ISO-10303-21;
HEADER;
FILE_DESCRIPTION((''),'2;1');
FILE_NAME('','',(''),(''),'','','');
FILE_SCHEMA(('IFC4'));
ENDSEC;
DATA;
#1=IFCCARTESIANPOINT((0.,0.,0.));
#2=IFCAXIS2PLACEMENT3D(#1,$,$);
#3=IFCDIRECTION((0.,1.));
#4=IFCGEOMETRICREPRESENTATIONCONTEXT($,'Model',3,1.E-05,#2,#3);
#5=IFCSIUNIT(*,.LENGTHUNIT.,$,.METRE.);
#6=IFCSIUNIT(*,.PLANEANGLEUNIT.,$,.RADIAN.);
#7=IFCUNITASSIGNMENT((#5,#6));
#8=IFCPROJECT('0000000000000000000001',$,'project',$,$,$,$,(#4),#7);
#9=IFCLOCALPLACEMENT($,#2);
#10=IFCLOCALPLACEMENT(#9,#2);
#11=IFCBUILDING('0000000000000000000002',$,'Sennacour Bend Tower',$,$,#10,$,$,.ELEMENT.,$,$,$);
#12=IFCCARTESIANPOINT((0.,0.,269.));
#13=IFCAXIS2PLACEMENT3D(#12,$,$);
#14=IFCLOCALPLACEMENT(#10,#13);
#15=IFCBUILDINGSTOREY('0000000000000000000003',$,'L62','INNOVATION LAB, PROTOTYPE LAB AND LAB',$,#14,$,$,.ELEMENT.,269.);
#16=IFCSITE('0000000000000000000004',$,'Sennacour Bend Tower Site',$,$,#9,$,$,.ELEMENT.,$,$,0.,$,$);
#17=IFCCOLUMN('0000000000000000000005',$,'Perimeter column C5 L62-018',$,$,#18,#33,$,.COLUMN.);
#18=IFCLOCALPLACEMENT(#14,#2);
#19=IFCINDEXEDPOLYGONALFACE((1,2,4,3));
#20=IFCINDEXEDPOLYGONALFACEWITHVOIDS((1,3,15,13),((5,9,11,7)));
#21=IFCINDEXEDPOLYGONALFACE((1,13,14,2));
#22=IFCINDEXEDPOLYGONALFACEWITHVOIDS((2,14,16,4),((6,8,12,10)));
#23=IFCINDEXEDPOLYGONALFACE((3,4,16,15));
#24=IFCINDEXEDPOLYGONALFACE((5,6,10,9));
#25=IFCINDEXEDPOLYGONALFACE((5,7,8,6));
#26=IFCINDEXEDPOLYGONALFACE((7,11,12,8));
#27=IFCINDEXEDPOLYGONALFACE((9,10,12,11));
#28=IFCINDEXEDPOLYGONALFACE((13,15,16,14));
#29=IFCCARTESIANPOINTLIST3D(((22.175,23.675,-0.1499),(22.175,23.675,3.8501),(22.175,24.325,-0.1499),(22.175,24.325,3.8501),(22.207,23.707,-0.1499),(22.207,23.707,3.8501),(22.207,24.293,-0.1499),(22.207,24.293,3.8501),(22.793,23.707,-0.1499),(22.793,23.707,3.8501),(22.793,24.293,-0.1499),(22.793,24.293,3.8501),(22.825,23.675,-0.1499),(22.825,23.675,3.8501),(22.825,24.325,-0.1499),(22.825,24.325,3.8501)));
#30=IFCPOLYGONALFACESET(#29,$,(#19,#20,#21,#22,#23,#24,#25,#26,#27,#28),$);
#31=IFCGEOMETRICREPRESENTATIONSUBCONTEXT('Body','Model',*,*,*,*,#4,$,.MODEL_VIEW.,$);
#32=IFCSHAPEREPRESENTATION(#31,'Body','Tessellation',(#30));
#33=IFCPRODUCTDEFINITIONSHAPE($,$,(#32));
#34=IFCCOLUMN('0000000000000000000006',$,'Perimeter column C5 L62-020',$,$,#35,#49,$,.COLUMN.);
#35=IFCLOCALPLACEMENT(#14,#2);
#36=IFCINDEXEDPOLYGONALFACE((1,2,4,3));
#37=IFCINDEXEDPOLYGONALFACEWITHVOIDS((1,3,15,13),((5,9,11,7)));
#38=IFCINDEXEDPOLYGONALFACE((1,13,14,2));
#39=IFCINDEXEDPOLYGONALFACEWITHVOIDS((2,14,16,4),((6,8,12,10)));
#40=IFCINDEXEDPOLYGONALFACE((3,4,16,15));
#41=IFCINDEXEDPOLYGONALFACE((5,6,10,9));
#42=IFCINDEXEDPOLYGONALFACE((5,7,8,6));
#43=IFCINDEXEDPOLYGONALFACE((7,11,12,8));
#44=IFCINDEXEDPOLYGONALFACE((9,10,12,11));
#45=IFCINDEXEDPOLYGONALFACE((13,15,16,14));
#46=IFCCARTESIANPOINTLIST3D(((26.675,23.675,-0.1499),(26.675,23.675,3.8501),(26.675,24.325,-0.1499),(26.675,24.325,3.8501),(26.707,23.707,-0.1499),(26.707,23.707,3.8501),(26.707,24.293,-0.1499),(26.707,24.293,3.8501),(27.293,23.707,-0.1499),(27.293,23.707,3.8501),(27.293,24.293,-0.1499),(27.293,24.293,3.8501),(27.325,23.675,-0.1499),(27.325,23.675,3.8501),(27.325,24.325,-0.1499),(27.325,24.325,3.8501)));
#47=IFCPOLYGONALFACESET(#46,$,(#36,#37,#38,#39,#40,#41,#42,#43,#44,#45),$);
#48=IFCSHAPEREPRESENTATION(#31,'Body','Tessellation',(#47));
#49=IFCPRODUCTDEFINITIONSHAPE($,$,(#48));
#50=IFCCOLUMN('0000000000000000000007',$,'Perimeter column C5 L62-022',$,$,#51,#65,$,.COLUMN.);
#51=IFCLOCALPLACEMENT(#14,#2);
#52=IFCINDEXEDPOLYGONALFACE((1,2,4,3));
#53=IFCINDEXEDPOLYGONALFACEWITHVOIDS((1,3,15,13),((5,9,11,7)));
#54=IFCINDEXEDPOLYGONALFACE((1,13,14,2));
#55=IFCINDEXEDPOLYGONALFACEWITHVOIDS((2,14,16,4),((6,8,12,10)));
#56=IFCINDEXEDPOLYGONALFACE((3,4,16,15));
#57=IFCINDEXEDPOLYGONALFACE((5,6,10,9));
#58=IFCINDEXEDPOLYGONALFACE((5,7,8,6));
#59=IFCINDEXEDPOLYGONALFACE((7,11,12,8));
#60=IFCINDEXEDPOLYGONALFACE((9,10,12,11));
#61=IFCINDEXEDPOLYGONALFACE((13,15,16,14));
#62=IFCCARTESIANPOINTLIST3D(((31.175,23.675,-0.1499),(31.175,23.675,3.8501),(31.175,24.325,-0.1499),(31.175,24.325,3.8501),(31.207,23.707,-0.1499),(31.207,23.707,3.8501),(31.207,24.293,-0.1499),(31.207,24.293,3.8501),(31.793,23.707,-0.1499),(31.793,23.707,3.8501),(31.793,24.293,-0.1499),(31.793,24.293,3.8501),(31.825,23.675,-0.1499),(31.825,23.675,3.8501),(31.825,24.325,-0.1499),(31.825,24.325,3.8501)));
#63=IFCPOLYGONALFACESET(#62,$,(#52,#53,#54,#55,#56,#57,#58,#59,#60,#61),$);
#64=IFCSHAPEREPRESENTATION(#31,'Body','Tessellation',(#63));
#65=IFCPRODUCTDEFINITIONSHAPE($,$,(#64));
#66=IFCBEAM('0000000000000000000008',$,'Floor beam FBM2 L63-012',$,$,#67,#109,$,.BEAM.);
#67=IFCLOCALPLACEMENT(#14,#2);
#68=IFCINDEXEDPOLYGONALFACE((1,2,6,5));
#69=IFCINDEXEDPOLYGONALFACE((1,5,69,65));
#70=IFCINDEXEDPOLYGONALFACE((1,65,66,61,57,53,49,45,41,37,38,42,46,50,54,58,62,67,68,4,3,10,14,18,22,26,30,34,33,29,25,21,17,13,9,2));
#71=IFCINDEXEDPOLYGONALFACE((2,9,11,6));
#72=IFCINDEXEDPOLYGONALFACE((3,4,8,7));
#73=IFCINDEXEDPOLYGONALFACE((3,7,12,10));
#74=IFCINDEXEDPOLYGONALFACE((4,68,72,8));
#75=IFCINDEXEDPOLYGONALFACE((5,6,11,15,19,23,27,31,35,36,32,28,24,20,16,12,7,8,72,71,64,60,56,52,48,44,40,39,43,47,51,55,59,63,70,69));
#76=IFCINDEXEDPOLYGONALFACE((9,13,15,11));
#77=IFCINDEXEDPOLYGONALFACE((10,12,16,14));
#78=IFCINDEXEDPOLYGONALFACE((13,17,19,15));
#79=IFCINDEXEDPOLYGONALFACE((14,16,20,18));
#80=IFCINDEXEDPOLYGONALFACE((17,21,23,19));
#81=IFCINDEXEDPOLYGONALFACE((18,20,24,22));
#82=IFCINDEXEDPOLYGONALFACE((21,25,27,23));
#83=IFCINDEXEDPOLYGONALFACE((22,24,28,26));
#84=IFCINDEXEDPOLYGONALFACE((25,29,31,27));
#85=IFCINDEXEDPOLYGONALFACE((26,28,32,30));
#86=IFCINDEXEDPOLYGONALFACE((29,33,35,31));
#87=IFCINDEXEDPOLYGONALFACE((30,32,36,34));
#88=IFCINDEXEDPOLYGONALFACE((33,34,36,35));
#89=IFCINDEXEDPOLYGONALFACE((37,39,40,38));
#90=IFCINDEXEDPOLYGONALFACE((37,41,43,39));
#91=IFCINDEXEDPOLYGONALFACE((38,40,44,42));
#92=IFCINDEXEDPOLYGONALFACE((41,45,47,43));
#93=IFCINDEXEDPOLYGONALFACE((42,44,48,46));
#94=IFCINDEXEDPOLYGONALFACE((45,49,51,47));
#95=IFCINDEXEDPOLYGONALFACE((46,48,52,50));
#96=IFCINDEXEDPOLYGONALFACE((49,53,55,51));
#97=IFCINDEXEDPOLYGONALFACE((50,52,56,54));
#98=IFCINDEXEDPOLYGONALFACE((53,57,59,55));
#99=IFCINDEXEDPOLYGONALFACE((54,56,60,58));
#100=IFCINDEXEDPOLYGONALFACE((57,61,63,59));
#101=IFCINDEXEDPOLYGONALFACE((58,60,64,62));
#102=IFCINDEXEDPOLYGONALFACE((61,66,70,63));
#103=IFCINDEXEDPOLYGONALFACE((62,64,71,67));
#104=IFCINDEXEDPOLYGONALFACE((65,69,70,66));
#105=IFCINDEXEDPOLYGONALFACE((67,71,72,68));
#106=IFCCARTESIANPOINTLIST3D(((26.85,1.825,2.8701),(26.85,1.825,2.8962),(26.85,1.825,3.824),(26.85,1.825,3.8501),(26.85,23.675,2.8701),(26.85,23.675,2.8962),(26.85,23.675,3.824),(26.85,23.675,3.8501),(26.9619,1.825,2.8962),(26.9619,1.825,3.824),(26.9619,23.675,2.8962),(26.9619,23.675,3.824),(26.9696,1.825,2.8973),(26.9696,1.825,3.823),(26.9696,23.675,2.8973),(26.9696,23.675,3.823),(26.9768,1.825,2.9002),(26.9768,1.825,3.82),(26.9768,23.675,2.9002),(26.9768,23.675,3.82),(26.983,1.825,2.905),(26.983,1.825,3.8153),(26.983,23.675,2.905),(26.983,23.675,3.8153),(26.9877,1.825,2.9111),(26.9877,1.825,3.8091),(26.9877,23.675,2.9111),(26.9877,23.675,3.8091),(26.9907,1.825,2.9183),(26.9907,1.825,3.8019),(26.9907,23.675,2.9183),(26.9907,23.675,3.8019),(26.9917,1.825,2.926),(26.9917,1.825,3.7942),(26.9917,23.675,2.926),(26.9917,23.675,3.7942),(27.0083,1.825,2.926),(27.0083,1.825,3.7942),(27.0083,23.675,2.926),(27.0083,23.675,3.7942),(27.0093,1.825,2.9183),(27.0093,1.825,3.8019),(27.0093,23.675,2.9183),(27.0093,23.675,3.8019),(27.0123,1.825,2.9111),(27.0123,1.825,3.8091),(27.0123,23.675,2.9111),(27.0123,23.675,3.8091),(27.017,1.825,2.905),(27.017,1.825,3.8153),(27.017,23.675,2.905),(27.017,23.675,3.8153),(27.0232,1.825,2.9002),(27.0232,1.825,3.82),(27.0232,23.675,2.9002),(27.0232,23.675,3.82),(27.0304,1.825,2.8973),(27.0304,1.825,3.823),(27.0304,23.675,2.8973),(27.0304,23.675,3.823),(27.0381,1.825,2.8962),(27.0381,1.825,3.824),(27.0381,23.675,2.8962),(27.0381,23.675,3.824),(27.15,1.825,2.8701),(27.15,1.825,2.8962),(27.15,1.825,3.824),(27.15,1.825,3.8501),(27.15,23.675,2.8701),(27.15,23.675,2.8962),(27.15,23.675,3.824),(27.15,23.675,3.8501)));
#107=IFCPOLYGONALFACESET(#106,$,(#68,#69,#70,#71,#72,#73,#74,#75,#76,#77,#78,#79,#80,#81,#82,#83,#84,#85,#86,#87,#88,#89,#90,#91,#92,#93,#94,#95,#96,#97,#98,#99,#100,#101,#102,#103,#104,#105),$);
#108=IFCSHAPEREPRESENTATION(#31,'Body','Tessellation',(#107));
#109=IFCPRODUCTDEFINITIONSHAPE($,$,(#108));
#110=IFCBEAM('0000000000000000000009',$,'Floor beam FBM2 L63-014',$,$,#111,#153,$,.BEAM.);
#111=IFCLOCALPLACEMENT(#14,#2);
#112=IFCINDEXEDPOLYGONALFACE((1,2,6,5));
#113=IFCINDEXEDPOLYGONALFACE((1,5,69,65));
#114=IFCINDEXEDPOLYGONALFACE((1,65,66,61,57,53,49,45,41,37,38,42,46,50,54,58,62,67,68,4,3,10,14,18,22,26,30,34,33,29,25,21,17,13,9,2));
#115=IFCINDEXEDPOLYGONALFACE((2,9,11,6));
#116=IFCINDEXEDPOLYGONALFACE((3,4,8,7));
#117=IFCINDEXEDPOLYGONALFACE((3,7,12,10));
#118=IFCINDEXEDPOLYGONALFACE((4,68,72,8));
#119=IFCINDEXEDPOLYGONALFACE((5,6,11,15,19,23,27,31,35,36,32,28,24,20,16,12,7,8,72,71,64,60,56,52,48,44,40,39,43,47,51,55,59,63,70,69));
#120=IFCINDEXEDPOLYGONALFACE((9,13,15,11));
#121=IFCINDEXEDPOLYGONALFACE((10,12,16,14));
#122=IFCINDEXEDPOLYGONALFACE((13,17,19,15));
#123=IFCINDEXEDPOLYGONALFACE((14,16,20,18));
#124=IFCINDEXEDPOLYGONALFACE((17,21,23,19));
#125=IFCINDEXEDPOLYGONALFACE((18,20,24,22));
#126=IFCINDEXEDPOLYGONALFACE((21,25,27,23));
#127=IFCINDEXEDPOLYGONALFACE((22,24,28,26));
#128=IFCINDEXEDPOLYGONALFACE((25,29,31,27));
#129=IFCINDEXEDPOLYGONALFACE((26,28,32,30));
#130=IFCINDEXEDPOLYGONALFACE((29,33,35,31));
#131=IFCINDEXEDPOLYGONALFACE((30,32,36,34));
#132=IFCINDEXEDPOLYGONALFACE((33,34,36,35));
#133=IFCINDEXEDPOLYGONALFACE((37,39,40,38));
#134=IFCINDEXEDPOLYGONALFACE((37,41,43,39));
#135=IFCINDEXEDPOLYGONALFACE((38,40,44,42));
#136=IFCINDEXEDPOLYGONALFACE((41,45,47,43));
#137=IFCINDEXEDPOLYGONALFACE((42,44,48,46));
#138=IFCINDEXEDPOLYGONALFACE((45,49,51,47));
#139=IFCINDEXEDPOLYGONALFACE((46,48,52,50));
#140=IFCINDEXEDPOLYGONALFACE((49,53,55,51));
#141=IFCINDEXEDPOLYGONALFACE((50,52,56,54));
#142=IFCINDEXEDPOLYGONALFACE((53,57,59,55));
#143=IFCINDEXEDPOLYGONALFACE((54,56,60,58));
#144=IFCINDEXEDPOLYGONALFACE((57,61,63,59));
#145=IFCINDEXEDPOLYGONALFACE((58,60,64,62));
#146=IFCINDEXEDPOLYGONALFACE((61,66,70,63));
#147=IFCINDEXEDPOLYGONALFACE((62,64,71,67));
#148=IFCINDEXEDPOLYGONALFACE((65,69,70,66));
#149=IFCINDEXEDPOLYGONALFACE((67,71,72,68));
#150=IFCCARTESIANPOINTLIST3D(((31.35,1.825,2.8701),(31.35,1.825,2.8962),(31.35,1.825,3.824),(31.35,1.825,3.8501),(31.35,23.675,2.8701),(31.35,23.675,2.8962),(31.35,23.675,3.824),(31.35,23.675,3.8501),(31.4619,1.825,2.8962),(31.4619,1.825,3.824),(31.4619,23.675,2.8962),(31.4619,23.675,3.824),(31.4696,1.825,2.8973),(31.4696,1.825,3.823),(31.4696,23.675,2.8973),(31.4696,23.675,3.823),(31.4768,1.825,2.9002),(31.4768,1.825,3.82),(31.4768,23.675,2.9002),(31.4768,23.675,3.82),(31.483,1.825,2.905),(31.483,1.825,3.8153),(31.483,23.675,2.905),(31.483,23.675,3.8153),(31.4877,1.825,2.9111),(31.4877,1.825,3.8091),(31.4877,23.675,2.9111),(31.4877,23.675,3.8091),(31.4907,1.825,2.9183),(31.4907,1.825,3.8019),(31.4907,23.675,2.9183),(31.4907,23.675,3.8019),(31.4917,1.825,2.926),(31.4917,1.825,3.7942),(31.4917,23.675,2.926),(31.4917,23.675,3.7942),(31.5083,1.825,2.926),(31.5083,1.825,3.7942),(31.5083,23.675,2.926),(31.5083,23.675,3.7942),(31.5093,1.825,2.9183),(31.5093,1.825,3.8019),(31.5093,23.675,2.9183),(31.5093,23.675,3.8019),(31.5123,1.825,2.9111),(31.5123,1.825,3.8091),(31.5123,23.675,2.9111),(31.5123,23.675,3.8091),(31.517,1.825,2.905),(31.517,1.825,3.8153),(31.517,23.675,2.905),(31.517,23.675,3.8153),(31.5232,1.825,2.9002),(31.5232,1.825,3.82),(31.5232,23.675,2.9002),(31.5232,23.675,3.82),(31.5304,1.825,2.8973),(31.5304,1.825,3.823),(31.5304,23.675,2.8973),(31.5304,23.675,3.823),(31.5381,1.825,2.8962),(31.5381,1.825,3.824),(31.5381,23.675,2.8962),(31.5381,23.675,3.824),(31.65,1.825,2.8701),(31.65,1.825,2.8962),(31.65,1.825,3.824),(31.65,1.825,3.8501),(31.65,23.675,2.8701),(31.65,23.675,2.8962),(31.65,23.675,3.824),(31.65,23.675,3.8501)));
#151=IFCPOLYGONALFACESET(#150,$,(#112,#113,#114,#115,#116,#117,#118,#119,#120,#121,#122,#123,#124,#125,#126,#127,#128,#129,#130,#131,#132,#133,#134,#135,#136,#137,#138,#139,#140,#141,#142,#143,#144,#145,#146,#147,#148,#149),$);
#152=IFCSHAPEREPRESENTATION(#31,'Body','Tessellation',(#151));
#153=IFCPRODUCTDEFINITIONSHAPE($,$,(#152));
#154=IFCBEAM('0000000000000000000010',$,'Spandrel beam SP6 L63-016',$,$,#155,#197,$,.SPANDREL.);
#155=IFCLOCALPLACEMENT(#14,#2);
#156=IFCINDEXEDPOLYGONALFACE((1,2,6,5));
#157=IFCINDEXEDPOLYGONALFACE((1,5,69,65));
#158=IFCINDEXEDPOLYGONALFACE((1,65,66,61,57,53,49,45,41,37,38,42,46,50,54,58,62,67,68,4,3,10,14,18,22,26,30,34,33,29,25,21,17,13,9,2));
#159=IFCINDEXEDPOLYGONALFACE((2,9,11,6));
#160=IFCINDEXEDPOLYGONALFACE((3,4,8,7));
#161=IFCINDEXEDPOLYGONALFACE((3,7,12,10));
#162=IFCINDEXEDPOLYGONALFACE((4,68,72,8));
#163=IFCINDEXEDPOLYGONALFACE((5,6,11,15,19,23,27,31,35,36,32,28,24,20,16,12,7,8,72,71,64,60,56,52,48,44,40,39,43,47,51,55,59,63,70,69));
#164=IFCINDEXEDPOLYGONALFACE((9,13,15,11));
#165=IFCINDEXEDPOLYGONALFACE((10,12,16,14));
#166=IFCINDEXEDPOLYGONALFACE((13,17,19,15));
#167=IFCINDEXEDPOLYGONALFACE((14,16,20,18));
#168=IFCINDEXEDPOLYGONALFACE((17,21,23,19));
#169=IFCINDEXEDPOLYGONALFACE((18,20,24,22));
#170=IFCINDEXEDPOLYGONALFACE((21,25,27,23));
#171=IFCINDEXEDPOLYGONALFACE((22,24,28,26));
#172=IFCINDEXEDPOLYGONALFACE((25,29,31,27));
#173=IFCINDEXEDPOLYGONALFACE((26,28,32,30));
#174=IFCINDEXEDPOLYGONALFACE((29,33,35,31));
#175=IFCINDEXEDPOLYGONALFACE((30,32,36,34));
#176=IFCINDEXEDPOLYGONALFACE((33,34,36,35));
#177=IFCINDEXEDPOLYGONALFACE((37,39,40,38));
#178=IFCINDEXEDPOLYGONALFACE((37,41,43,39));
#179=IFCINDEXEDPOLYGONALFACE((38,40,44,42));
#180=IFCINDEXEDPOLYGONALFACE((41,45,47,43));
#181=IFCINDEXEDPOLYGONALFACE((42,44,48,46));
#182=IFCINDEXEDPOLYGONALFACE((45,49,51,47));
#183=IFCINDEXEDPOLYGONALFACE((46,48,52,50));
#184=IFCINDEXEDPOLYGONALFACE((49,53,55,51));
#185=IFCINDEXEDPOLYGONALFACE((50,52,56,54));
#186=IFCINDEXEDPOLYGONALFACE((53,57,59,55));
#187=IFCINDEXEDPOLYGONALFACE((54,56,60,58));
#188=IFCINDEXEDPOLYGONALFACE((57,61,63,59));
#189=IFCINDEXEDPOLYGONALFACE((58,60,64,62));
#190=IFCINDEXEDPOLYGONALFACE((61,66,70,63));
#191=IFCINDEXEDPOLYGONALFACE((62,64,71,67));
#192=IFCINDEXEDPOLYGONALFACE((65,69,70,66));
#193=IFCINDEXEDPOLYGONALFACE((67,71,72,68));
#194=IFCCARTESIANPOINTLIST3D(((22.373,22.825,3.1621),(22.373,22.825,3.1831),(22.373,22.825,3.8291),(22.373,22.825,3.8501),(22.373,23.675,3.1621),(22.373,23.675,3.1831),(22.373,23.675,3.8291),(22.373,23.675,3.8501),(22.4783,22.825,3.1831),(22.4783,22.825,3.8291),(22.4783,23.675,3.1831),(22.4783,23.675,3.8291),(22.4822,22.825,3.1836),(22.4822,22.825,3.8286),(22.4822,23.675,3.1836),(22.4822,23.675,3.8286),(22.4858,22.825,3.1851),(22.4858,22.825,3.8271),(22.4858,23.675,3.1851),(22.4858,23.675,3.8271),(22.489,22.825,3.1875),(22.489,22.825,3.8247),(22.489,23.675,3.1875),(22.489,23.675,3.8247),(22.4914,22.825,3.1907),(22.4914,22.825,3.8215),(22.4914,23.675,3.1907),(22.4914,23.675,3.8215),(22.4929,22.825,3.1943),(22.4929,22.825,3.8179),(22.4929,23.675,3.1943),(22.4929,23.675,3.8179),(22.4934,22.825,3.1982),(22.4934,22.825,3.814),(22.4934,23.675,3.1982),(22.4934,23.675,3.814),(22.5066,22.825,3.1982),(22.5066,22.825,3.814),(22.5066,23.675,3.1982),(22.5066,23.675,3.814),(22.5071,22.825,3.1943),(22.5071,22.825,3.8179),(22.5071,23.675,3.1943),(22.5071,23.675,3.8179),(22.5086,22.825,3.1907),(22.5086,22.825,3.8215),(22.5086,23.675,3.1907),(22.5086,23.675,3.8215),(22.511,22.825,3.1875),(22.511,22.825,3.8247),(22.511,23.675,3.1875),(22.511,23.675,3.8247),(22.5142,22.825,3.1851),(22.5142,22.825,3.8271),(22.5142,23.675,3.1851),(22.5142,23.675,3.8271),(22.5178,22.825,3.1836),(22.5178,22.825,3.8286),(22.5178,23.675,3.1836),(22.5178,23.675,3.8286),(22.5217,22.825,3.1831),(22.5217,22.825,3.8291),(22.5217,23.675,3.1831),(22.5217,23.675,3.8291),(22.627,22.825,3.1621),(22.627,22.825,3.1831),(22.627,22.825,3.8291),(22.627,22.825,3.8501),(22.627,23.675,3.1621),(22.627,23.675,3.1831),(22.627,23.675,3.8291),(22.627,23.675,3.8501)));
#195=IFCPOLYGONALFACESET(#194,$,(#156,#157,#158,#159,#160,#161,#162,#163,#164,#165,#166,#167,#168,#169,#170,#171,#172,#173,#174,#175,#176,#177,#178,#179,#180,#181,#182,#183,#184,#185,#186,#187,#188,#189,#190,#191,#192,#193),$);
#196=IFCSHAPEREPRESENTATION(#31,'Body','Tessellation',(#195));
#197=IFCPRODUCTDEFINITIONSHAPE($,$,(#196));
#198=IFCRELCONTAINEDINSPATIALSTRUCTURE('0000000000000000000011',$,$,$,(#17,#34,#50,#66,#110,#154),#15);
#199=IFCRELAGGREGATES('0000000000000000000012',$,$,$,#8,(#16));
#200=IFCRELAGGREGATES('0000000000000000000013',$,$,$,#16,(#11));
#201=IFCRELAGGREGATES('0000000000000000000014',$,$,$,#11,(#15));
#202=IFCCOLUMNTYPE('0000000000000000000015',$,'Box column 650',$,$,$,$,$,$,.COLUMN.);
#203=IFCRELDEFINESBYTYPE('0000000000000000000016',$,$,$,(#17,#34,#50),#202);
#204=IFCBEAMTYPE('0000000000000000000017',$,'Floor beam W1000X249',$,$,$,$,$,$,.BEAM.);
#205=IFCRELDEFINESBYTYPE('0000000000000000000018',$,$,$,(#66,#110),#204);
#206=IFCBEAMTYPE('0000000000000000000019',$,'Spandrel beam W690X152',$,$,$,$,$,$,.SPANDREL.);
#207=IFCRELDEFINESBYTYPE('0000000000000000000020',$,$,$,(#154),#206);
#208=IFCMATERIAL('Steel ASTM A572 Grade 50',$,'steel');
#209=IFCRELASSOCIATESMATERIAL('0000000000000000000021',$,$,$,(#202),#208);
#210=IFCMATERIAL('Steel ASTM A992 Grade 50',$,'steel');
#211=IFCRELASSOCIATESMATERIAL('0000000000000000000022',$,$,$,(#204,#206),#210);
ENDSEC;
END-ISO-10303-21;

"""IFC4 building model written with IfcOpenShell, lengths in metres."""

from ifc_helpers import new_model, si_unit, direction, frame, origin, origin_2d, place, context, subcontext, project, spatial, hollow_rectangle, i_section, extrude, material, material_profile, profile_set, type_object, element, save


model = new_model("IFC4")

# Units and contexts
model_context = context("Model", 3, precision=1e-05, world=origin(), true_north=direction((0.0, 1.0)))
body_context = subcontext(model_context, "Body", "Model", "MODEL_VIEW")
ifc_project = project(units=[si_unit("LENGTHUNIT", "METRE"), si_unit("PLANEANGLEUNIT", "RADIAN")], contexts=[model_context])

# Site, building, storey
site_placement = place(None, origin())
site = spatial("IfcSite", under=ifc_project, at=site_placement, Name="Sennacour Bend Tower Site", CompositionType="ELEMENT", RefElevation=0.0)
building_placement = place(site_placement, origin())
building = spatial("IfcBuilding", under=site, at=building_placement, Name="Sennacour Bend Tower", CompositionType="ELEMENT")
storey_placement = place(building_placement, frame((0.0, 0.0, 269.0)))
storey = spatial("IfcBuildingStorey", under=building, at=storey_placement, Name="L62", Description="INNOVATION LAB, PROTOTYPE LAB AND LAB", CompositionType="ELEMENT", Elevation=269.0)

# Columns
ifc_material_1 = material(Name="Steel ASTM A572 Grade 50", Category="steel")
ifc_material_profile_1 = material_profile(ifc_material_1, hollow_rectangle(XDim=0.6499, YDim=0.6499, WallThickness=0.032, at=origin_2d()), Name="Steel ASTM A572 Grade 50", Category="steel")
ifc_profile_set_1 = profile_set([ifc_material_profile_1], Name="Steel ASTM A572 Grade 50")
column_type = type_object("IfcColumnType", Name="Box column 650", PredefinedType="COLUMN", material=ifc_profile_set_1)
for number, where, z_axis, x_axis, name in (
    (1, (22.5, 24.0, -0.1499), (0.0, 0.0, 1.0), (1.0, 0.0, 0.0), "Perimeter column C5 L62-018"),
    (2, (27.0, 24.0, -0.1499), (0.0, 0.0, 1.0), (1.0, 0.0, 0.0), "Perimeter column C5 L62-020"),
    (3, (31.5, 24.0, -0.1499), (0.0, 0.0, 1.0), (1.0, 0.0, 0.0), "Perimeter column C5 L62-022"),
):
    element("IfcColumn", number, at=place(storey_placement, frame(where, z_axis=z_axis, x_axis=x_axis)), inside=storey, type_object=column_type, Name=name, PredefinedType="COLUMN", context=body_context, shape_type="SweptSolid", body=[
        extrude(hollow_rectangle(XDim=0.6499, YDim=0.6499, WallThickness=0.032, at=origin_2d()), origin(), (0.0, 0.0, 1.0), 4.0),
    ])

# Beams
ifc_material_2 = material(Name="Steel ASTM A992 Grade 50", Category="steel")
ifc_material_profile_2 = material_profile(ifc_material_2, i_section(OverallWidth=0.3, OverallDepth=0.98, WebThickness=0.0166, FlangeThickness=0.0261, FilletRadius=0.0298, at=origin_2d()), Name="Steel ASTM A992 Grade 50", Category="steel")
ifc_profile_set_2 = profile_set([ifc_material_profile_2], Name="Steel ASTM A992 Grade 50")
beam_type_1 = type_object("IfcBeamType", Name="Floor beam W1000X249", PredefinedType="BEAM", material=ifc_profile_set_2)
for number, where, z_axis, x_axis, name in (
    (4, (27.0, 1.825, 3.3601), (0.0, 1.0, 0.0), (-1.0, 0.0, 0.0), "Floor beam FBM2 L63-012"),
    (5, (31.5, 1.825, 3.3601), (0.0, 1.0, 0.0), (-1.0, 0.0, 0.0), "Floor beam FBM2 L63-014"),
):
    element("IfcBeam", number, at=place(storey_placement, frame(where, z_axis=z_axis, x_axis=x_axis)), inside=storey, type_object=beam_type_1, Name=name, PredefinedType="BEAM", context=body_context, shape_type="SweptSolid", body=[
        extrude(i_section(OverallWidth=0.3, OverallDepth=0.98, WebThickness=0.0166, FlangeThickness=0.0261, FilletRadius=0.0298, at=origin_2d()), origin(), (0.0, 0.0, 1.0), 21.8501),
    ])
ifc_material_profile_3 = material_profile(ifc_material_2, i_section(OverallWidth=0.2539, OverallDepth=0.688, WebThickness=0.0132, FlangeThickness=0.021, FilletRadius=0.0151, at=origin_2d()), Name="Steel ASTM A992 Grade 50", Category="steel")
ifc_profile_set_3 = profile_set([ifc_material_profile_3], Name="Steel ASTM A992 Grade 50")
beam_type_2 = type_object("IfcBeamType", Name="Spandrel beam W690X152", PredefinedType="SPANDREL", material=ifc_profile_set_3)
beam_placement = place(storey_placement, frame((22.5, 22.825, 3.5061), z_axis=(0.0, 1.0, 0.0), x_axis=(-1.0, 0.0, 0.0)))
element("IfcBeam", 6, at=beam_placement, inside=storey, type_object=beam_type_2, Name="Spandrel beam SP6 L63-016", PredefinedType="SPANDREL", context=body_context, shape_type="SweptSolid", body=[
    extrude(i_section(OverallWidth=0.2539, OverallDepth=0.688, WebThickness=0.0132, FlangeThickness=0.021, FilletRadius=0.0151, at=origin_2d()), origin(), (0.0, 0.0, 1.0), 0.8501),
])

save(model, "model.ifc")
